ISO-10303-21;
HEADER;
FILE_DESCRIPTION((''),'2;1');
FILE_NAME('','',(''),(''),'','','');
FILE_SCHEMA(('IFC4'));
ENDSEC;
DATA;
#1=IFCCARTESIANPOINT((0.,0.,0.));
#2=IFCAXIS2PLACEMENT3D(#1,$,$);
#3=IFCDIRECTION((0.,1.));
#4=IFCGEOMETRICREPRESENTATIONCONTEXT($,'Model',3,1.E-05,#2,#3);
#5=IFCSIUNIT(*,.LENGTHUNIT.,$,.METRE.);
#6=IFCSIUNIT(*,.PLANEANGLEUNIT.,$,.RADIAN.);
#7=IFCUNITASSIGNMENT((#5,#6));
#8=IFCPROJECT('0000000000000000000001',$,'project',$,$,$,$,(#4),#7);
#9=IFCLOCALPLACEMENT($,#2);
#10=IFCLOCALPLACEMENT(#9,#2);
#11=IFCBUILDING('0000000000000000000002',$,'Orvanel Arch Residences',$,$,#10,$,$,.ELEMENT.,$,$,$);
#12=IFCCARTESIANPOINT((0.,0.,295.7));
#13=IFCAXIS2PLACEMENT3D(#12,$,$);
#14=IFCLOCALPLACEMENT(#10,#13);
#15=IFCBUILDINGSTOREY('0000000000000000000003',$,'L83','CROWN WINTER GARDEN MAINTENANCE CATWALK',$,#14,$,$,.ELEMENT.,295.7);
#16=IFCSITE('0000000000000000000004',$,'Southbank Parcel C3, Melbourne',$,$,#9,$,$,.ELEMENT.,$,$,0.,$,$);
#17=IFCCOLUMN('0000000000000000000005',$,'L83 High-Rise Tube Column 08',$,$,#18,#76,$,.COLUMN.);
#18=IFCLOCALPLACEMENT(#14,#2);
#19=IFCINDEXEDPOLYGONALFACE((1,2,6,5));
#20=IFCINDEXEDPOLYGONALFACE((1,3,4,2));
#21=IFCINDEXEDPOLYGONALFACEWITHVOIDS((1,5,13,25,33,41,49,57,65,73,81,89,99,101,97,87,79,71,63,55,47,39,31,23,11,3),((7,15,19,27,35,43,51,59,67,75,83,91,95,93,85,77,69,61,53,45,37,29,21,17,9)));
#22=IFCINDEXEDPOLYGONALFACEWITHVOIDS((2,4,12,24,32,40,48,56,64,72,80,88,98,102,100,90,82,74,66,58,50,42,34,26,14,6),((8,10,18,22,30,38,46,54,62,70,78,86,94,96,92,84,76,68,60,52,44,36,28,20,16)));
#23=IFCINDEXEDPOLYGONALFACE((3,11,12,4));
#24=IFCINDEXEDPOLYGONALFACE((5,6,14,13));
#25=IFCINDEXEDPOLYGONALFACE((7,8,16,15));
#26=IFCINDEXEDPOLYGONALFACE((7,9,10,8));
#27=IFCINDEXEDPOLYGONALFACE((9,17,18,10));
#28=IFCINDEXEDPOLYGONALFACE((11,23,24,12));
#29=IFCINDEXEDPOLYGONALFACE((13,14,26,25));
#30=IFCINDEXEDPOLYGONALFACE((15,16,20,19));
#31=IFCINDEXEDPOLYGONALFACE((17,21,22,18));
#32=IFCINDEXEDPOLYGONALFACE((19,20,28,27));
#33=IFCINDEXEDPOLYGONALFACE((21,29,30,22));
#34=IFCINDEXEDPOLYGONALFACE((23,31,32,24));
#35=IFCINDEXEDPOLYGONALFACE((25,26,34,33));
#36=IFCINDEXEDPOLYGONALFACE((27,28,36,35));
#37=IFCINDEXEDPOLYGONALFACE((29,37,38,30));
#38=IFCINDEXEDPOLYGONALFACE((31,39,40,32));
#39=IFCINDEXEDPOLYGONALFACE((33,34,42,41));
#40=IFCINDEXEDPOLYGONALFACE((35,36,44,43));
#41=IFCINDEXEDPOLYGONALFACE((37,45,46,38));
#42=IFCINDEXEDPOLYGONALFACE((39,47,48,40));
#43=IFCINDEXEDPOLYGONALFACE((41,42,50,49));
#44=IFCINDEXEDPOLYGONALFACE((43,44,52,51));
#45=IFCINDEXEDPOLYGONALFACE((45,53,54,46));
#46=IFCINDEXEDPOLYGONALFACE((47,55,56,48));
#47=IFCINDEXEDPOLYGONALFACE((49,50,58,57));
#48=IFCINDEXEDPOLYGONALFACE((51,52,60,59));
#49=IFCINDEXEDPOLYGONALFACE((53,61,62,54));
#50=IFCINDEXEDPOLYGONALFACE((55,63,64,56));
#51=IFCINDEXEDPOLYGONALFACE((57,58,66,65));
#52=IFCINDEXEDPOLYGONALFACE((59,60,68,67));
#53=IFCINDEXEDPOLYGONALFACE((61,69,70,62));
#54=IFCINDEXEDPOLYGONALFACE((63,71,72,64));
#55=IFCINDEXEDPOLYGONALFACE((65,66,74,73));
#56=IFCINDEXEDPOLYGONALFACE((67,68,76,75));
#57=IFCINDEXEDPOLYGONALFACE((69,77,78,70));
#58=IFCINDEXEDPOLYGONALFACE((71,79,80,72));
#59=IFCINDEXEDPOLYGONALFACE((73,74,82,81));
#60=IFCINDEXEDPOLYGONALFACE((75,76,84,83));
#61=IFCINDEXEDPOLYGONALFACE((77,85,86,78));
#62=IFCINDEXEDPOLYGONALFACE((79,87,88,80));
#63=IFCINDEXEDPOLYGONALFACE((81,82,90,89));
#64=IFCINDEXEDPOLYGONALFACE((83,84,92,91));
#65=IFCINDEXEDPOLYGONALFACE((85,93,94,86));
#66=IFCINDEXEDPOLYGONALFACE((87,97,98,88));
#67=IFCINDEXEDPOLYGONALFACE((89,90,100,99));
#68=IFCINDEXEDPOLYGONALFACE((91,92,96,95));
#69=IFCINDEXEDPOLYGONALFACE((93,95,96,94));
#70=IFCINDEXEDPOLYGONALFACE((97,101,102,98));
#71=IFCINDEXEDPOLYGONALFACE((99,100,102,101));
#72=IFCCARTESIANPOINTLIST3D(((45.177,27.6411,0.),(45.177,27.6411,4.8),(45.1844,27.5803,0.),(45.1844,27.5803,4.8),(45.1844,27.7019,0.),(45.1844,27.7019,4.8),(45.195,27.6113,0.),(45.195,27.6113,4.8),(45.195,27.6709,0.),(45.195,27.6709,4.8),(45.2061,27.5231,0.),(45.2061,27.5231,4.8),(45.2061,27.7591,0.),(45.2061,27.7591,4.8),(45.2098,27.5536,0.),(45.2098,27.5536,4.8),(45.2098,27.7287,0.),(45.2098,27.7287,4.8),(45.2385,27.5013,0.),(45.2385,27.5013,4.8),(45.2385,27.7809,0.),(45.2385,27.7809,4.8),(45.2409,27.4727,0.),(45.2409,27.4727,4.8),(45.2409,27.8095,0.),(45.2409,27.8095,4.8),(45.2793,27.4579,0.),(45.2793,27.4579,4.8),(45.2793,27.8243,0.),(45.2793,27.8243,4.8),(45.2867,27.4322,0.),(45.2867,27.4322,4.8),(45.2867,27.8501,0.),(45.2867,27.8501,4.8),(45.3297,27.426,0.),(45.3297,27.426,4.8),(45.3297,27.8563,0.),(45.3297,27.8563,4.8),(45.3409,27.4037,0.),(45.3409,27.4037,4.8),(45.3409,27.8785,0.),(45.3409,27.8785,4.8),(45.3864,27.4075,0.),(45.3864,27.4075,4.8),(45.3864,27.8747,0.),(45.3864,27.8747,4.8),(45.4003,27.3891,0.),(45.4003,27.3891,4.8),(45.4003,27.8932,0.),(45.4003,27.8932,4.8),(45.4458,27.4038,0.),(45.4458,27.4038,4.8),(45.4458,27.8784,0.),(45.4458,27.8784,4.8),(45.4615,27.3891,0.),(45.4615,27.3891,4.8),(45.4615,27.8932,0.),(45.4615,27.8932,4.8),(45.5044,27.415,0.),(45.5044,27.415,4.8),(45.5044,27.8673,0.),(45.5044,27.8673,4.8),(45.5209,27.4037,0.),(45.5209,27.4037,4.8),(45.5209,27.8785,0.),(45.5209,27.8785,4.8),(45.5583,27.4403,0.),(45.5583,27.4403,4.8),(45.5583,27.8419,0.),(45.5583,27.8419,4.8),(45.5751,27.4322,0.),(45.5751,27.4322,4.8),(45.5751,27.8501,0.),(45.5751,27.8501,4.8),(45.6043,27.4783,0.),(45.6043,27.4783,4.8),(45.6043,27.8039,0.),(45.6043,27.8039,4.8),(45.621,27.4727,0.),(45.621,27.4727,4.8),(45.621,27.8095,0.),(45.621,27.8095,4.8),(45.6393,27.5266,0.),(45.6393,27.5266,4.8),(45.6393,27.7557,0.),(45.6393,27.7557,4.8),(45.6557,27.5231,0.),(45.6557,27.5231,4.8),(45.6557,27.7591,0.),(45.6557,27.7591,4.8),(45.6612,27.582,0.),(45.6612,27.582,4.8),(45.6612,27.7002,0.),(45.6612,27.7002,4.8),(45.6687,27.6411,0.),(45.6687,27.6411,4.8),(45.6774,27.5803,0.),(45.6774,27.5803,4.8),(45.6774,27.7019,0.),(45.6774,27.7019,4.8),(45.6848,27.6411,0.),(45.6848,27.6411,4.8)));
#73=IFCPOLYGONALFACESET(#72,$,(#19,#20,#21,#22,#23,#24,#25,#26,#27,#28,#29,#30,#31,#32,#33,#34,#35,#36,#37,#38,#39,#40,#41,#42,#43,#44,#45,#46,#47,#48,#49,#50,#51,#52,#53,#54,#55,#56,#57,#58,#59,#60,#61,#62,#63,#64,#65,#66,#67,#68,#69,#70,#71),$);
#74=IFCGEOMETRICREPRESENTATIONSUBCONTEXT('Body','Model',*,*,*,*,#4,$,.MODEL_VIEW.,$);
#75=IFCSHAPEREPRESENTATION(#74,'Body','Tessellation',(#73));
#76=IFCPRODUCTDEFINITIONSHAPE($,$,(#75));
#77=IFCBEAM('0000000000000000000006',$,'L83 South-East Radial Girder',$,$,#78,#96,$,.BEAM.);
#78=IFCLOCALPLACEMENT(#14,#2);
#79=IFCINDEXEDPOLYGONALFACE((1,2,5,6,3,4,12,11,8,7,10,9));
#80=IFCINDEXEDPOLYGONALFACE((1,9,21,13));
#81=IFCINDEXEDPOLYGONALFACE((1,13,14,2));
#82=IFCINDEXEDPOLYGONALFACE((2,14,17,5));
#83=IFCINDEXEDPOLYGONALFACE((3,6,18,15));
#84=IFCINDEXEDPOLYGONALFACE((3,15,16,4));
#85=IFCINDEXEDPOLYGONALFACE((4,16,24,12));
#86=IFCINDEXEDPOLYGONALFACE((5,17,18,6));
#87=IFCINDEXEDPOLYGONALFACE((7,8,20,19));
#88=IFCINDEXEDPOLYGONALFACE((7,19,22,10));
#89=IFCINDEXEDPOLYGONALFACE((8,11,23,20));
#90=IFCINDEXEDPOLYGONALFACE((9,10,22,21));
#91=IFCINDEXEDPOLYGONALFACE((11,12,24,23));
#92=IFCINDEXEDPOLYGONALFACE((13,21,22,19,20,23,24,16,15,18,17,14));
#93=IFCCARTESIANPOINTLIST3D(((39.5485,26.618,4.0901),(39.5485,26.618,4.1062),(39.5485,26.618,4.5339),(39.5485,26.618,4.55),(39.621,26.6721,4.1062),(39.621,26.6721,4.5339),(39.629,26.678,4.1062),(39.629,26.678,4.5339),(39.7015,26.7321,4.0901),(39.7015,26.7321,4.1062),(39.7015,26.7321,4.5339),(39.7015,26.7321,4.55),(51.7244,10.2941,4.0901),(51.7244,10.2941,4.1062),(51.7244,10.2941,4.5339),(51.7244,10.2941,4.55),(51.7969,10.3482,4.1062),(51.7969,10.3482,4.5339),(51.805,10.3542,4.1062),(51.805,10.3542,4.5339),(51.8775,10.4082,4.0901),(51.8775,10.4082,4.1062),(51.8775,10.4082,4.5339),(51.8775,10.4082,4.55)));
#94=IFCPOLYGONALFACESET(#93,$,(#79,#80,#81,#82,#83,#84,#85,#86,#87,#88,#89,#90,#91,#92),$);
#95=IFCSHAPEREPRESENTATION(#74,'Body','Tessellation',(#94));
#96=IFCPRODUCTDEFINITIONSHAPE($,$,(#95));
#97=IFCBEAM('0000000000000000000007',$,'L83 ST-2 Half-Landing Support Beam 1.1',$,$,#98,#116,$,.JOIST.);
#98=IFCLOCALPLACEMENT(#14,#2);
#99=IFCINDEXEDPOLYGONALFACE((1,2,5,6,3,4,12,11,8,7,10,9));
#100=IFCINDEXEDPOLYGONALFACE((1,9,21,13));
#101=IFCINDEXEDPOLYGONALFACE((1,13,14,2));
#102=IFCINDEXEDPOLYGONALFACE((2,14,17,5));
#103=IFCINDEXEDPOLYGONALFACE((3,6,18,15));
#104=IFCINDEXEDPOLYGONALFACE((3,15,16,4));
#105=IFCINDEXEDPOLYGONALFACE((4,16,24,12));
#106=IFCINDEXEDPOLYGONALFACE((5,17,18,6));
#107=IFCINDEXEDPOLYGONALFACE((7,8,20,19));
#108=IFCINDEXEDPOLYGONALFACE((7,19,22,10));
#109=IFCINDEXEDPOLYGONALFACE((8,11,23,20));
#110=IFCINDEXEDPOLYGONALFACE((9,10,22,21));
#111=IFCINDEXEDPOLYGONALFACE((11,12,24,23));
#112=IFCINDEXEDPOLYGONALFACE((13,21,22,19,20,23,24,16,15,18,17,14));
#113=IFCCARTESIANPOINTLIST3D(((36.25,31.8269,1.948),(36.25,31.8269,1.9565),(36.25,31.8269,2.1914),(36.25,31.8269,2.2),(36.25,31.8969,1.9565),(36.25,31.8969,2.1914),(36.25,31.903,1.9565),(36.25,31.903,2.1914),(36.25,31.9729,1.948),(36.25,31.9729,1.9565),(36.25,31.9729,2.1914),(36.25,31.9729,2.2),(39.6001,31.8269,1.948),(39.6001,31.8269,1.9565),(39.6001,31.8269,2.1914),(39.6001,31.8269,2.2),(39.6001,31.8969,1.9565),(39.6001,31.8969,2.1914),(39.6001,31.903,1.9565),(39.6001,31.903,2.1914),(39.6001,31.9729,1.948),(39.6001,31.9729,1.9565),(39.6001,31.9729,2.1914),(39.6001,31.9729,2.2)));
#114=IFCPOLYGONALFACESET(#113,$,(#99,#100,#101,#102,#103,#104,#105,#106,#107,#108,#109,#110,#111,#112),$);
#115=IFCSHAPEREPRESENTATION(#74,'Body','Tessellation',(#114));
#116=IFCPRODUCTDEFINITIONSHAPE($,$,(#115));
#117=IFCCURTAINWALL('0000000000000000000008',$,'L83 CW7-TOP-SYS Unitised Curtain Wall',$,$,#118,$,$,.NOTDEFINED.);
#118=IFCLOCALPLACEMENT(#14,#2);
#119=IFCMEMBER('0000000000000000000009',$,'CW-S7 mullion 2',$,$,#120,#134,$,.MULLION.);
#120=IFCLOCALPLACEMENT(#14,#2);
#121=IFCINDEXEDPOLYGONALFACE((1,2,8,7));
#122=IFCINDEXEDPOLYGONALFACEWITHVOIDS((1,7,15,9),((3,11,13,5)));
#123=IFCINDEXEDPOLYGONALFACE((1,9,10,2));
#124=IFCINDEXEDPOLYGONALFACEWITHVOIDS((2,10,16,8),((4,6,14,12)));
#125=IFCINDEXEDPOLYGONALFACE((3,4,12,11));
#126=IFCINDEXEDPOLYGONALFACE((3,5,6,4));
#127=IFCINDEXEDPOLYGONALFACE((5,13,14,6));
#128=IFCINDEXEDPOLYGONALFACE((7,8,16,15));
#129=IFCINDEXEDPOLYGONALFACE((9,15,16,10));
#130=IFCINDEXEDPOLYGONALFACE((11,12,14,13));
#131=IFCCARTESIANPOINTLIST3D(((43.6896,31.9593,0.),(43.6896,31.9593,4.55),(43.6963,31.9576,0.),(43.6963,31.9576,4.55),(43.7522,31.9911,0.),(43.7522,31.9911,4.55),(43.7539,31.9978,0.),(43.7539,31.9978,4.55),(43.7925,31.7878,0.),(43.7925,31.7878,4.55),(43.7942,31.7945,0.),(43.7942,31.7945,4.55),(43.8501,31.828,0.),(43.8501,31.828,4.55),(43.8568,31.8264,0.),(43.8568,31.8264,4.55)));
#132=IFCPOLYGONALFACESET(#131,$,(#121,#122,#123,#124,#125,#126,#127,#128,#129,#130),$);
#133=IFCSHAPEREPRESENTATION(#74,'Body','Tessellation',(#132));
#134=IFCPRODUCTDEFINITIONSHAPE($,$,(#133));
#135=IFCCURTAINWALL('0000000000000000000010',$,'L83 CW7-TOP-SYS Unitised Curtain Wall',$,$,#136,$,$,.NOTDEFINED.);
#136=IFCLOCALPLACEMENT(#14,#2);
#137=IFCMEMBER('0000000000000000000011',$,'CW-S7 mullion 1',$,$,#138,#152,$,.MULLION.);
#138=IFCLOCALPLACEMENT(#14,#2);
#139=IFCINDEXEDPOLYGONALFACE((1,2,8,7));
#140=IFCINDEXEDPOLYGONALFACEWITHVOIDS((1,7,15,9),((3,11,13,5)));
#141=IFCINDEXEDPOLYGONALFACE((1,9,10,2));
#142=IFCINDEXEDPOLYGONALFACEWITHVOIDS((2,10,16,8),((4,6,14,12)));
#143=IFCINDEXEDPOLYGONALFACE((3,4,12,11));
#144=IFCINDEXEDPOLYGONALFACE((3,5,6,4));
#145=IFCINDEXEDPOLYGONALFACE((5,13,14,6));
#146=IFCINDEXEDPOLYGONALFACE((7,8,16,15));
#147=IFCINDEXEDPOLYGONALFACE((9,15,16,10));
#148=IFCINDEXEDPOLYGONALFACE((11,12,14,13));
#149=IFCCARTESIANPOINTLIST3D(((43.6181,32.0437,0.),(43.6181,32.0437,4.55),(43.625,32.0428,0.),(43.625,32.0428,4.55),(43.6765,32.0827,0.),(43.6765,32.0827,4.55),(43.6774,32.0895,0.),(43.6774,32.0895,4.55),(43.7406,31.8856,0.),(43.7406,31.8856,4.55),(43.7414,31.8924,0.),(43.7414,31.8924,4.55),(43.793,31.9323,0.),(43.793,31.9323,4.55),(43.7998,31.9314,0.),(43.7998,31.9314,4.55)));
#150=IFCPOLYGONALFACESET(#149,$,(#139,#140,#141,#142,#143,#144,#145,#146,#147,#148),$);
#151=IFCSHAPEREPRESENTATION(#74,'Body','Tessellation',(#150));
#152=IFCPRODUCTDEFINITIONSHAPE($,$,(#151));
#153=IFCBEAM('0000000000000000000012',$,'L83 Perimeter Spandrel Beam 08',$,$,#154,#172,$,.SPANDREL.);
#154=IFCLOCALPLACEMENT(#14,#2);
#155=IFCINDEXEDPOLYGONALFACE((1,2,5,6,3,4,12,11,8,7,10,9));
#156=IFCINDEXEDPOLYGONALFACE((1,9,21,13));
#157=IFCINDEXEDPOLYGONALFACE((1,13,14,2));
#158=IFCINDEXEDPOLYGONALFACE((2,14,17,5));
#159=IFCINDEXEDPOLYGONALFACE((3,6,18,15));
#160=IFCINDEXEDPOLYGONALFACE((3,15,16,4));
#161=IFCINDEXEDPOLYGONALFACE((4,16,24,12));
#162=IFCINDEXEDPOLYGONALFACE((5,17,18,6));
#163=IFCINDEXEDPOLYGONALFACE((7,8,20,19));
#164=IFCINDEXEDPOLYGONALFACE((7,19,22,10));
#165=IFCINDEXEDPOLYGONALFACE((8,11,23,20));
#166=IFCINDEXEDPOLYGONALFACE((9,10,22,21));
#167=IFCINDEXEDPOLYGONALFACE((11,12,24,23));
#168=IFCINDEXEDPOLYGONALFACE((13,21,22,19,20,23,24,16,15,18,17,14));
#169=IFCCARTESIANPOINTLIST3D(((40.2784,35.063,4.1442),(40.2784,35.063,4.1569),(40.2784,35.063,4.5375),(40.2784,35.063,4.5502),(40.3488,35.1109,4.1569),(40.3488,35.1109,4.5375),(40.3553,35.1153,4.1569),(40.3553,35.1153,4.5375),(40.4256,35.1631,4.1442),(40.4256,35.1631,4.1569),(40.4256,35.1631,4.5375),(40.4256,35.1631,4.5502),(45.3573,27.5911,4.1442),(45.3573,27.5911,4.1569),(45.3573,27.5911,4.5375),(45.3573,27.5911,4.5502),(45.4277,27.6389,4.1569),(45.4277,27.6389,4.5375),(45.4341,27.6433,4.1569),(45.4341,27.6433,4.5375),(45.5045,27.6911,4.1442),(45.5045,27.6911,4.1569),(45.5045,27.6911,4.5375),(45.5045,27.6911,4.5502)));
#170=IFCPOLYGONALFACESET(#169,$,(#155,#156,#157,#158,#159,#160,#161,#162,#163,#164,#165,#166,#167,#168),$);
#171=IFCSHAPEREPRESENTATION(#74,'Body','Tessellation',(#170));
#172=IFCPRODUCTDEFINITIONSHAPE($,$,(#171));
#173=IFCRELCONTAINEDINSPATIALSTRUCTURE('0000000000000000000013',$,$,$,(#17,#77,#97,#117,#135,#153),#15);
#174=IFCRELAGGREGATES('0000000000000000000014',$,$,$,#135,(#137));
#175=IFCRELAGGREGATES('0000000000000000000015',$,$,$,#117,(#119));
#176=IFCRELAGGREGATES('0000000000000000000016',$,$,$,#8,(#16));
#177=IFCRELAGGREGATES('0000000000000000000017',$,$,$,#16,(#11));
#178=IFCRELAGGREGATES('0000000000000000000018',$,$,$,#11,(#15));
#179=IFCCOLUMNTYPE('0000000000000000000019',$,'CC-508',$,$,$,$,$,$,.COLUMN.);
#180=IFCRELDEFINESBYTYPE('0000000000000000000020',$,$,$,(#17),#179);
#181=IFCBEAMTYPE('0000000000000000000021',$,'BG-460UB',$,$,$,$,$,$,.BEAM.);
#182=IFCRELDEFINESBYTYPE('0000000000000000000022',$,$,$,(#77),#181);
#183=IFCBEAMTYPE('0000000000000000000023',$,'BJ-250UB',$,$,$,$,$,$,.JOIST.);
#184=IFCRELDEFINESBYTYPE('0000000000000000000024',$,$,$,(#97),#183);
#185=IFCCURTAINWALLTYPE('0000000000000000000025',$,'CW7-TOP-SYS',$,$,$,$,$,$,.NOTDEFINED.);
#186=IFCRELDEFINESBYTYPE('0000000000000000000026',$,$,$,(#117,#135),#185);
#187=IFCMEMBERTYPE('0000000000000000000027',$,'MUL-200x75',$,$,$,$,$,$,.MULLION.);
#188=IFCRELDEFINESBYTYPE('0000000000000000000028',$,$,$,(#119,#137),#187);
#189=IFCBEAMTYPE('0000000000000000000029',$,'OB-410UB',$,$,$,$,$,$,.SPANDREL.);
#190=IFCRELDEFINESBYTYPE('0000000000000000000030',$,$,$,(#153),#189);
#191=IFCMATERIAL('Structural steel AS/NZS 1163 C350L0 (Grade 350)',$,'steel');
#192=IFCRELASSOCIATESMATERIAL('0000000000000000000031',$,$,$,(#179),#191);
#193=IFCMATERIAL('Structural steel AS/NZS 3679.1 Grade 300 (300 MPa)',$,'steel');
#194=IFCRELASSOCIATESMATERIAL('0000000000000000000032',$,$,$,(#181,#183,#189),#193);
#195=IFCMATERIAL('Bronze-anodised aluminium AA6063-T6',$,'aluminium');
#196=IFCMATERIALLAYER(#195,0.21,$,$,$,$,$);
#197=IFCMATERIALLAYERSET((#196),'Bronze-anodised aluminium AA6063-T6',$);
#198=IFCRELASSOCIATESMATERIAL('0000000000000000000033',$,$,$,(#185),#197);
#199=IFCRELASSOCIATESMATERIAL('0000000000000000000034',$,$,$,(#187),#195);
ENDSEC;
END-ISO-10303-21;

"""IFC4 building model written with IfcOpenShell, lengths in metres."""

from ifc_helpers import new_model, si_unit, direction, frame, origin, origin_2d, place, context, subcontext, project, spatial, hollow_rectangle, hollow_circle, i_section, extrude, material, layer, layer_set, material_profile, profile_set, type_object, element, aggregate, save


model = new_model("IFC4")

# Units and contexts
model_context = context("Model", 3, precision=1e-05, world=origin(), true_north=direction((0.0, 1.0)))
body_context = subcontext(model_context, "Body", "Model", "MODEL_VIEW")
ifc_project = project(units=[si_unit("LENGTHUNIT", "METRE"), si_unit("PLANEANGLEUNIT", "RADIAN")], contexts=[model_context])

# Site, building, storey
site_placement = place(None, origin())
site = spatial("IfcSite", under=ifc_project, at=site_placement, Name="Southbank Parcel C3, Melbourne", CompositionType="ELEMENT", RefElevation=0.0)
building_placement = place(site_placement, origin())
building = spatial("IfcBuilding", under=site, at=building_placement, Name="Orvanel Arch Residences", CompositionType="ELEMENT")
storey_placement = place(building_placement, frame((0.0, 0.0, 295.7)))
storey = spatial("IfcBuildingStorey", under=building, at=storey_placement, Name="L83", Description="CROWN WINTER GARDEN MAINTENANCE CATWALK", CompositionType="ELEMENT", Elevation=295.7)

# Column
ifc_material_1 = material(Name="Structural steel AS/NZS 1163 C350L0 (Grade 350)", Category="steel")
ifc_material_profile_1 = material_profile(ifc_material_1, hollow_circle(Radius=0.2539, WallThickness=0.0161, at=origin_2d()), Name="CHS508x16")
ifc_profile_set_1 = profile_set([ifc_material_profile_1], Name="Structural steel AS/NZS 1163 C350L0 (Grade 350)")
column_type = type_object("IfcColumnType", Name="CC-508", PredefinedType="COLUMN", material=ifc_profile_set_1)
column_placement = place(storey_placement, frame((45.4309, 27.6411, 0.0), z_axis=(0.0, 0.0, 1.0), x_axis=(1.0, 0.0, 0.0)))
element("IfcColumn", 1, at=column_placement, inside=storey, type_object=column_type, Name="L83 High-Rise Tube Column 08", PredefinedType="COLUMN", context=body_context, shape_type="SweptSolid", body=[
    extrude(hollow_circle(Radius=0.2539, WallThickness=0.0161, at=origin_2d()), origin(), (0.0, 0.0, 1.0), 4.8),
])

# Beams
ifc_material_2 = material(Name="Structural steel AS/NZS 3679.1 Grade 300 (300 MPa)", Category="steel")
ifc_material_profile_2 = material_profile(ifc_material_2, i_section(OverallWidth=0.1909, OverallDepth=0.46, WebThickness=0.01, FlangeThickness=0.0161, at=origin_2d()), Name="460UB82.1")
ifc_profile_set_2 = profile_set([ifc_material_profile_2], Name="Structural steel AS/NZS 3679.1 Grade 300 (300 MPa)")
beam_type_1 = type_object("IfcBeamType", Name="BG-460UB", PredefinedType="BEAM", material=ifc_profile_set_2)
beam_1_placement = place(storey_placement, frame((39.625, 26.675, 4.3201), z_axis=(0.597894, -0.801575, 0.0), x_axis=(0.801575, 0.597894, 0.0)))
element("IfcBeam", 2, at=beam_1_placement, inside=storey, type_object=beam_type_1, Name="L83 South-East Radial Girder", PredefinedType="BEAM", context=body_context, shape_type="SweptSolid", body=[
    extrude(i_section(OverallWidth=0.1909, OverallDepth=0.46, WebThickness=0.01, FlangeThickness=0.0161, at=origin_2d()), origin(), (0.0, 0.0, 1.0), 20.3647),
])
ifc_material_profile_3 = material_profile(ifc_material_2, i_section(OverallWidth=0.146, OverallDepth=0.252, WebThickness=0.0061, FlangeThickness=0.0085, at=origin_2d()), Name="250UB31.4")
ifc_profile_set_3 = profile_set([ifc_material_profile_3], Name="Structural steel AS/NZS 3679.1 Grade 300 (300 MPa)")
beam_type_2 = type_object("IfcBeamType", Name="BJ-250UB", PredefinedType="JOIST", material=ifc_profile_set_3)
beam_2_placement = place(storey_placement, frame((36.25, 31.8999, 2.074), z_axis=(1.0, 0.0, 0.0), x_axis=(0.0, 1.0, 0.0)))
element("IfcBeam", 3, at=beam_2_placement, inside=storey, type_object=beam_type_2, Name="L83 ST-2 Half-Landing Support Beam 1.1", PredefinedType="JOIST", context=body_context, shape_type="SweptSolid", body=[
    extrude(i_section(OverallWidth=0.146, OverallDepth=0.252, WebThickness=0.0061, FlangeThickness=0.0085, at=origin_2d()), origin(), (0.0, 0.0, 1.0), 3.3501),
])

# Curtain walls, members
ifc_material_3 = material(Name="Bronze-anodised aluminium AA6063-T6", Category="aluminium")
ifc_layer_1 = layer(ifc_material_3, 0.21)
ifc_layer_set_1 = layer_set([ifc_layer_1], Name="Bronze-anodised aluminium AA6063-T6")
curtain_wall_type = type_object("IfcCurtainWallType", Name="CW7-TOP-SYS", PredefinedType="NOTDEFINED", material=ifc_layer_set_1)
curtain_wall_1_placement = place(storey_placement, origin())
curtain_wall_1 = element("IfcCurtainWall", 4, at=curtain_wall_1_placement, inside=storey, type_object=curtain_wall_type, Name="L83 CW7-TOP-SYS Unitised Curtain Wall", PredefinedType="NOTDEFINED")
ifc_material_profile_4 = material_profile(ifc_material_3, hollow_rectangle(XDim=0.075, YDim=0.2, WallThickness=0.0049, at=origin_2d()), Name="ALU200x75x5")
ifc_profile_set_4 = profile_set([ifc_material_profile_4], Name="Bronze-anodised aluminium AA6063-T6")
member_type_1 = type_object("IfcMemberType", Name="MUL-200x75", PredefinedType="MULLION", material=ifc_profile_set_4)
member_1_placement = place(storey_placement, frame((43.7732, 31.8928, 0.0), z_axis=(0.0, 0.0, 1.0), x_axis=(-0.857522, -0.514447, 0.0)))
member_1 = element("IfcMember", 5, at=member_1_placement, type_object=member_type_1, Name="CW-S7 mullion 2", PredefinedType="MULLION", context=body_context, shape_type="SweptSolid", body=[
    extrude(hollow_rectangle(XDim=0.075, YDim=0.2, WallThickness=0.0049, at=origin_2d()), origin(), (0.0, 0.0, 1.0), 4.55),
])
curtain_wall_2_placement = place(storey_placement, origin())
curtain_wall_2 = element("IfcCurtainWall", 6, at=curtain_wall_2_placement, inside=storey, type_object=curtain_wall_type, Name="L83 CW7-TOP-SYS Unitised Curtain Wall", PredefinedType="NOTDEFINED")
member_2_placement = place(storey_placement, frame((43.709, 31.9875, 0.0), z_axis=(0.0, 0.0, 1.0), x_axis=(-0.790657, -0.61226, 0.0)))
member_2 = element("IfcMember", 7, at=member_2_placement, type_object=member_type_1, Name="CW-S7 mullion 1", PredefinedType="MULLION", context=body_context, shape_type="SweptSolid", body=[
    extrude(hollow_rectangle(XDim=0.075, YDim=0.2, WallThickness=0.0049, at=origin_2d()), origin(), (0.0, 0.0, 1.0), 4.55),
])

# Beam
ifc_material_profile_5 = material_profile(ifc_material_2, i_section(OverallWidth=0.178, OverallDepth=0.406, WebThickness=0.0078, FlangeThickness=0.0127, at=origin_2d()), Name="410UB59.7")
ifc_profile_set_5 = profile_set([ifc_material_profile_5], Name="Structural steel AS/NZS 3679.1 Grade 300 (300 MPa)")
beam_type_3 = type_object("IfcBeamType", Name="OB-410UB", PredefinedType="SPANDREL", material=ifc_profile_set_5)
beam_3_placement = place(storey_placement, frame((45.4309, 27.6411, 4.3472), z_axis=(-0.562155, 0.827032, 0.0), x_axis=(-0.827032, -0.562155, 0.0)))
element("IfcBeam", 8, at=beam_3_placement, inside=storey, type_object=beam_type_3, Name="L83 Perimeter Spandrel Beam 08", PredefinedType="SPANDREL", context=body_context, shape_type="SweptSolid", body=[
    extrude(i_section(OverallWidth=0.178, OverallDepth=0.406, WebThickness=0.0078, FlangeThickness=0.0127, at=origin_2d()), origin(), (0.0, 0.0, 1.0), 9.0347),
])

aggregate(curtain_wall_2, [member_2])

aggregate(curtain_wall_1, [member_1])

save(model, "model.ifc")
